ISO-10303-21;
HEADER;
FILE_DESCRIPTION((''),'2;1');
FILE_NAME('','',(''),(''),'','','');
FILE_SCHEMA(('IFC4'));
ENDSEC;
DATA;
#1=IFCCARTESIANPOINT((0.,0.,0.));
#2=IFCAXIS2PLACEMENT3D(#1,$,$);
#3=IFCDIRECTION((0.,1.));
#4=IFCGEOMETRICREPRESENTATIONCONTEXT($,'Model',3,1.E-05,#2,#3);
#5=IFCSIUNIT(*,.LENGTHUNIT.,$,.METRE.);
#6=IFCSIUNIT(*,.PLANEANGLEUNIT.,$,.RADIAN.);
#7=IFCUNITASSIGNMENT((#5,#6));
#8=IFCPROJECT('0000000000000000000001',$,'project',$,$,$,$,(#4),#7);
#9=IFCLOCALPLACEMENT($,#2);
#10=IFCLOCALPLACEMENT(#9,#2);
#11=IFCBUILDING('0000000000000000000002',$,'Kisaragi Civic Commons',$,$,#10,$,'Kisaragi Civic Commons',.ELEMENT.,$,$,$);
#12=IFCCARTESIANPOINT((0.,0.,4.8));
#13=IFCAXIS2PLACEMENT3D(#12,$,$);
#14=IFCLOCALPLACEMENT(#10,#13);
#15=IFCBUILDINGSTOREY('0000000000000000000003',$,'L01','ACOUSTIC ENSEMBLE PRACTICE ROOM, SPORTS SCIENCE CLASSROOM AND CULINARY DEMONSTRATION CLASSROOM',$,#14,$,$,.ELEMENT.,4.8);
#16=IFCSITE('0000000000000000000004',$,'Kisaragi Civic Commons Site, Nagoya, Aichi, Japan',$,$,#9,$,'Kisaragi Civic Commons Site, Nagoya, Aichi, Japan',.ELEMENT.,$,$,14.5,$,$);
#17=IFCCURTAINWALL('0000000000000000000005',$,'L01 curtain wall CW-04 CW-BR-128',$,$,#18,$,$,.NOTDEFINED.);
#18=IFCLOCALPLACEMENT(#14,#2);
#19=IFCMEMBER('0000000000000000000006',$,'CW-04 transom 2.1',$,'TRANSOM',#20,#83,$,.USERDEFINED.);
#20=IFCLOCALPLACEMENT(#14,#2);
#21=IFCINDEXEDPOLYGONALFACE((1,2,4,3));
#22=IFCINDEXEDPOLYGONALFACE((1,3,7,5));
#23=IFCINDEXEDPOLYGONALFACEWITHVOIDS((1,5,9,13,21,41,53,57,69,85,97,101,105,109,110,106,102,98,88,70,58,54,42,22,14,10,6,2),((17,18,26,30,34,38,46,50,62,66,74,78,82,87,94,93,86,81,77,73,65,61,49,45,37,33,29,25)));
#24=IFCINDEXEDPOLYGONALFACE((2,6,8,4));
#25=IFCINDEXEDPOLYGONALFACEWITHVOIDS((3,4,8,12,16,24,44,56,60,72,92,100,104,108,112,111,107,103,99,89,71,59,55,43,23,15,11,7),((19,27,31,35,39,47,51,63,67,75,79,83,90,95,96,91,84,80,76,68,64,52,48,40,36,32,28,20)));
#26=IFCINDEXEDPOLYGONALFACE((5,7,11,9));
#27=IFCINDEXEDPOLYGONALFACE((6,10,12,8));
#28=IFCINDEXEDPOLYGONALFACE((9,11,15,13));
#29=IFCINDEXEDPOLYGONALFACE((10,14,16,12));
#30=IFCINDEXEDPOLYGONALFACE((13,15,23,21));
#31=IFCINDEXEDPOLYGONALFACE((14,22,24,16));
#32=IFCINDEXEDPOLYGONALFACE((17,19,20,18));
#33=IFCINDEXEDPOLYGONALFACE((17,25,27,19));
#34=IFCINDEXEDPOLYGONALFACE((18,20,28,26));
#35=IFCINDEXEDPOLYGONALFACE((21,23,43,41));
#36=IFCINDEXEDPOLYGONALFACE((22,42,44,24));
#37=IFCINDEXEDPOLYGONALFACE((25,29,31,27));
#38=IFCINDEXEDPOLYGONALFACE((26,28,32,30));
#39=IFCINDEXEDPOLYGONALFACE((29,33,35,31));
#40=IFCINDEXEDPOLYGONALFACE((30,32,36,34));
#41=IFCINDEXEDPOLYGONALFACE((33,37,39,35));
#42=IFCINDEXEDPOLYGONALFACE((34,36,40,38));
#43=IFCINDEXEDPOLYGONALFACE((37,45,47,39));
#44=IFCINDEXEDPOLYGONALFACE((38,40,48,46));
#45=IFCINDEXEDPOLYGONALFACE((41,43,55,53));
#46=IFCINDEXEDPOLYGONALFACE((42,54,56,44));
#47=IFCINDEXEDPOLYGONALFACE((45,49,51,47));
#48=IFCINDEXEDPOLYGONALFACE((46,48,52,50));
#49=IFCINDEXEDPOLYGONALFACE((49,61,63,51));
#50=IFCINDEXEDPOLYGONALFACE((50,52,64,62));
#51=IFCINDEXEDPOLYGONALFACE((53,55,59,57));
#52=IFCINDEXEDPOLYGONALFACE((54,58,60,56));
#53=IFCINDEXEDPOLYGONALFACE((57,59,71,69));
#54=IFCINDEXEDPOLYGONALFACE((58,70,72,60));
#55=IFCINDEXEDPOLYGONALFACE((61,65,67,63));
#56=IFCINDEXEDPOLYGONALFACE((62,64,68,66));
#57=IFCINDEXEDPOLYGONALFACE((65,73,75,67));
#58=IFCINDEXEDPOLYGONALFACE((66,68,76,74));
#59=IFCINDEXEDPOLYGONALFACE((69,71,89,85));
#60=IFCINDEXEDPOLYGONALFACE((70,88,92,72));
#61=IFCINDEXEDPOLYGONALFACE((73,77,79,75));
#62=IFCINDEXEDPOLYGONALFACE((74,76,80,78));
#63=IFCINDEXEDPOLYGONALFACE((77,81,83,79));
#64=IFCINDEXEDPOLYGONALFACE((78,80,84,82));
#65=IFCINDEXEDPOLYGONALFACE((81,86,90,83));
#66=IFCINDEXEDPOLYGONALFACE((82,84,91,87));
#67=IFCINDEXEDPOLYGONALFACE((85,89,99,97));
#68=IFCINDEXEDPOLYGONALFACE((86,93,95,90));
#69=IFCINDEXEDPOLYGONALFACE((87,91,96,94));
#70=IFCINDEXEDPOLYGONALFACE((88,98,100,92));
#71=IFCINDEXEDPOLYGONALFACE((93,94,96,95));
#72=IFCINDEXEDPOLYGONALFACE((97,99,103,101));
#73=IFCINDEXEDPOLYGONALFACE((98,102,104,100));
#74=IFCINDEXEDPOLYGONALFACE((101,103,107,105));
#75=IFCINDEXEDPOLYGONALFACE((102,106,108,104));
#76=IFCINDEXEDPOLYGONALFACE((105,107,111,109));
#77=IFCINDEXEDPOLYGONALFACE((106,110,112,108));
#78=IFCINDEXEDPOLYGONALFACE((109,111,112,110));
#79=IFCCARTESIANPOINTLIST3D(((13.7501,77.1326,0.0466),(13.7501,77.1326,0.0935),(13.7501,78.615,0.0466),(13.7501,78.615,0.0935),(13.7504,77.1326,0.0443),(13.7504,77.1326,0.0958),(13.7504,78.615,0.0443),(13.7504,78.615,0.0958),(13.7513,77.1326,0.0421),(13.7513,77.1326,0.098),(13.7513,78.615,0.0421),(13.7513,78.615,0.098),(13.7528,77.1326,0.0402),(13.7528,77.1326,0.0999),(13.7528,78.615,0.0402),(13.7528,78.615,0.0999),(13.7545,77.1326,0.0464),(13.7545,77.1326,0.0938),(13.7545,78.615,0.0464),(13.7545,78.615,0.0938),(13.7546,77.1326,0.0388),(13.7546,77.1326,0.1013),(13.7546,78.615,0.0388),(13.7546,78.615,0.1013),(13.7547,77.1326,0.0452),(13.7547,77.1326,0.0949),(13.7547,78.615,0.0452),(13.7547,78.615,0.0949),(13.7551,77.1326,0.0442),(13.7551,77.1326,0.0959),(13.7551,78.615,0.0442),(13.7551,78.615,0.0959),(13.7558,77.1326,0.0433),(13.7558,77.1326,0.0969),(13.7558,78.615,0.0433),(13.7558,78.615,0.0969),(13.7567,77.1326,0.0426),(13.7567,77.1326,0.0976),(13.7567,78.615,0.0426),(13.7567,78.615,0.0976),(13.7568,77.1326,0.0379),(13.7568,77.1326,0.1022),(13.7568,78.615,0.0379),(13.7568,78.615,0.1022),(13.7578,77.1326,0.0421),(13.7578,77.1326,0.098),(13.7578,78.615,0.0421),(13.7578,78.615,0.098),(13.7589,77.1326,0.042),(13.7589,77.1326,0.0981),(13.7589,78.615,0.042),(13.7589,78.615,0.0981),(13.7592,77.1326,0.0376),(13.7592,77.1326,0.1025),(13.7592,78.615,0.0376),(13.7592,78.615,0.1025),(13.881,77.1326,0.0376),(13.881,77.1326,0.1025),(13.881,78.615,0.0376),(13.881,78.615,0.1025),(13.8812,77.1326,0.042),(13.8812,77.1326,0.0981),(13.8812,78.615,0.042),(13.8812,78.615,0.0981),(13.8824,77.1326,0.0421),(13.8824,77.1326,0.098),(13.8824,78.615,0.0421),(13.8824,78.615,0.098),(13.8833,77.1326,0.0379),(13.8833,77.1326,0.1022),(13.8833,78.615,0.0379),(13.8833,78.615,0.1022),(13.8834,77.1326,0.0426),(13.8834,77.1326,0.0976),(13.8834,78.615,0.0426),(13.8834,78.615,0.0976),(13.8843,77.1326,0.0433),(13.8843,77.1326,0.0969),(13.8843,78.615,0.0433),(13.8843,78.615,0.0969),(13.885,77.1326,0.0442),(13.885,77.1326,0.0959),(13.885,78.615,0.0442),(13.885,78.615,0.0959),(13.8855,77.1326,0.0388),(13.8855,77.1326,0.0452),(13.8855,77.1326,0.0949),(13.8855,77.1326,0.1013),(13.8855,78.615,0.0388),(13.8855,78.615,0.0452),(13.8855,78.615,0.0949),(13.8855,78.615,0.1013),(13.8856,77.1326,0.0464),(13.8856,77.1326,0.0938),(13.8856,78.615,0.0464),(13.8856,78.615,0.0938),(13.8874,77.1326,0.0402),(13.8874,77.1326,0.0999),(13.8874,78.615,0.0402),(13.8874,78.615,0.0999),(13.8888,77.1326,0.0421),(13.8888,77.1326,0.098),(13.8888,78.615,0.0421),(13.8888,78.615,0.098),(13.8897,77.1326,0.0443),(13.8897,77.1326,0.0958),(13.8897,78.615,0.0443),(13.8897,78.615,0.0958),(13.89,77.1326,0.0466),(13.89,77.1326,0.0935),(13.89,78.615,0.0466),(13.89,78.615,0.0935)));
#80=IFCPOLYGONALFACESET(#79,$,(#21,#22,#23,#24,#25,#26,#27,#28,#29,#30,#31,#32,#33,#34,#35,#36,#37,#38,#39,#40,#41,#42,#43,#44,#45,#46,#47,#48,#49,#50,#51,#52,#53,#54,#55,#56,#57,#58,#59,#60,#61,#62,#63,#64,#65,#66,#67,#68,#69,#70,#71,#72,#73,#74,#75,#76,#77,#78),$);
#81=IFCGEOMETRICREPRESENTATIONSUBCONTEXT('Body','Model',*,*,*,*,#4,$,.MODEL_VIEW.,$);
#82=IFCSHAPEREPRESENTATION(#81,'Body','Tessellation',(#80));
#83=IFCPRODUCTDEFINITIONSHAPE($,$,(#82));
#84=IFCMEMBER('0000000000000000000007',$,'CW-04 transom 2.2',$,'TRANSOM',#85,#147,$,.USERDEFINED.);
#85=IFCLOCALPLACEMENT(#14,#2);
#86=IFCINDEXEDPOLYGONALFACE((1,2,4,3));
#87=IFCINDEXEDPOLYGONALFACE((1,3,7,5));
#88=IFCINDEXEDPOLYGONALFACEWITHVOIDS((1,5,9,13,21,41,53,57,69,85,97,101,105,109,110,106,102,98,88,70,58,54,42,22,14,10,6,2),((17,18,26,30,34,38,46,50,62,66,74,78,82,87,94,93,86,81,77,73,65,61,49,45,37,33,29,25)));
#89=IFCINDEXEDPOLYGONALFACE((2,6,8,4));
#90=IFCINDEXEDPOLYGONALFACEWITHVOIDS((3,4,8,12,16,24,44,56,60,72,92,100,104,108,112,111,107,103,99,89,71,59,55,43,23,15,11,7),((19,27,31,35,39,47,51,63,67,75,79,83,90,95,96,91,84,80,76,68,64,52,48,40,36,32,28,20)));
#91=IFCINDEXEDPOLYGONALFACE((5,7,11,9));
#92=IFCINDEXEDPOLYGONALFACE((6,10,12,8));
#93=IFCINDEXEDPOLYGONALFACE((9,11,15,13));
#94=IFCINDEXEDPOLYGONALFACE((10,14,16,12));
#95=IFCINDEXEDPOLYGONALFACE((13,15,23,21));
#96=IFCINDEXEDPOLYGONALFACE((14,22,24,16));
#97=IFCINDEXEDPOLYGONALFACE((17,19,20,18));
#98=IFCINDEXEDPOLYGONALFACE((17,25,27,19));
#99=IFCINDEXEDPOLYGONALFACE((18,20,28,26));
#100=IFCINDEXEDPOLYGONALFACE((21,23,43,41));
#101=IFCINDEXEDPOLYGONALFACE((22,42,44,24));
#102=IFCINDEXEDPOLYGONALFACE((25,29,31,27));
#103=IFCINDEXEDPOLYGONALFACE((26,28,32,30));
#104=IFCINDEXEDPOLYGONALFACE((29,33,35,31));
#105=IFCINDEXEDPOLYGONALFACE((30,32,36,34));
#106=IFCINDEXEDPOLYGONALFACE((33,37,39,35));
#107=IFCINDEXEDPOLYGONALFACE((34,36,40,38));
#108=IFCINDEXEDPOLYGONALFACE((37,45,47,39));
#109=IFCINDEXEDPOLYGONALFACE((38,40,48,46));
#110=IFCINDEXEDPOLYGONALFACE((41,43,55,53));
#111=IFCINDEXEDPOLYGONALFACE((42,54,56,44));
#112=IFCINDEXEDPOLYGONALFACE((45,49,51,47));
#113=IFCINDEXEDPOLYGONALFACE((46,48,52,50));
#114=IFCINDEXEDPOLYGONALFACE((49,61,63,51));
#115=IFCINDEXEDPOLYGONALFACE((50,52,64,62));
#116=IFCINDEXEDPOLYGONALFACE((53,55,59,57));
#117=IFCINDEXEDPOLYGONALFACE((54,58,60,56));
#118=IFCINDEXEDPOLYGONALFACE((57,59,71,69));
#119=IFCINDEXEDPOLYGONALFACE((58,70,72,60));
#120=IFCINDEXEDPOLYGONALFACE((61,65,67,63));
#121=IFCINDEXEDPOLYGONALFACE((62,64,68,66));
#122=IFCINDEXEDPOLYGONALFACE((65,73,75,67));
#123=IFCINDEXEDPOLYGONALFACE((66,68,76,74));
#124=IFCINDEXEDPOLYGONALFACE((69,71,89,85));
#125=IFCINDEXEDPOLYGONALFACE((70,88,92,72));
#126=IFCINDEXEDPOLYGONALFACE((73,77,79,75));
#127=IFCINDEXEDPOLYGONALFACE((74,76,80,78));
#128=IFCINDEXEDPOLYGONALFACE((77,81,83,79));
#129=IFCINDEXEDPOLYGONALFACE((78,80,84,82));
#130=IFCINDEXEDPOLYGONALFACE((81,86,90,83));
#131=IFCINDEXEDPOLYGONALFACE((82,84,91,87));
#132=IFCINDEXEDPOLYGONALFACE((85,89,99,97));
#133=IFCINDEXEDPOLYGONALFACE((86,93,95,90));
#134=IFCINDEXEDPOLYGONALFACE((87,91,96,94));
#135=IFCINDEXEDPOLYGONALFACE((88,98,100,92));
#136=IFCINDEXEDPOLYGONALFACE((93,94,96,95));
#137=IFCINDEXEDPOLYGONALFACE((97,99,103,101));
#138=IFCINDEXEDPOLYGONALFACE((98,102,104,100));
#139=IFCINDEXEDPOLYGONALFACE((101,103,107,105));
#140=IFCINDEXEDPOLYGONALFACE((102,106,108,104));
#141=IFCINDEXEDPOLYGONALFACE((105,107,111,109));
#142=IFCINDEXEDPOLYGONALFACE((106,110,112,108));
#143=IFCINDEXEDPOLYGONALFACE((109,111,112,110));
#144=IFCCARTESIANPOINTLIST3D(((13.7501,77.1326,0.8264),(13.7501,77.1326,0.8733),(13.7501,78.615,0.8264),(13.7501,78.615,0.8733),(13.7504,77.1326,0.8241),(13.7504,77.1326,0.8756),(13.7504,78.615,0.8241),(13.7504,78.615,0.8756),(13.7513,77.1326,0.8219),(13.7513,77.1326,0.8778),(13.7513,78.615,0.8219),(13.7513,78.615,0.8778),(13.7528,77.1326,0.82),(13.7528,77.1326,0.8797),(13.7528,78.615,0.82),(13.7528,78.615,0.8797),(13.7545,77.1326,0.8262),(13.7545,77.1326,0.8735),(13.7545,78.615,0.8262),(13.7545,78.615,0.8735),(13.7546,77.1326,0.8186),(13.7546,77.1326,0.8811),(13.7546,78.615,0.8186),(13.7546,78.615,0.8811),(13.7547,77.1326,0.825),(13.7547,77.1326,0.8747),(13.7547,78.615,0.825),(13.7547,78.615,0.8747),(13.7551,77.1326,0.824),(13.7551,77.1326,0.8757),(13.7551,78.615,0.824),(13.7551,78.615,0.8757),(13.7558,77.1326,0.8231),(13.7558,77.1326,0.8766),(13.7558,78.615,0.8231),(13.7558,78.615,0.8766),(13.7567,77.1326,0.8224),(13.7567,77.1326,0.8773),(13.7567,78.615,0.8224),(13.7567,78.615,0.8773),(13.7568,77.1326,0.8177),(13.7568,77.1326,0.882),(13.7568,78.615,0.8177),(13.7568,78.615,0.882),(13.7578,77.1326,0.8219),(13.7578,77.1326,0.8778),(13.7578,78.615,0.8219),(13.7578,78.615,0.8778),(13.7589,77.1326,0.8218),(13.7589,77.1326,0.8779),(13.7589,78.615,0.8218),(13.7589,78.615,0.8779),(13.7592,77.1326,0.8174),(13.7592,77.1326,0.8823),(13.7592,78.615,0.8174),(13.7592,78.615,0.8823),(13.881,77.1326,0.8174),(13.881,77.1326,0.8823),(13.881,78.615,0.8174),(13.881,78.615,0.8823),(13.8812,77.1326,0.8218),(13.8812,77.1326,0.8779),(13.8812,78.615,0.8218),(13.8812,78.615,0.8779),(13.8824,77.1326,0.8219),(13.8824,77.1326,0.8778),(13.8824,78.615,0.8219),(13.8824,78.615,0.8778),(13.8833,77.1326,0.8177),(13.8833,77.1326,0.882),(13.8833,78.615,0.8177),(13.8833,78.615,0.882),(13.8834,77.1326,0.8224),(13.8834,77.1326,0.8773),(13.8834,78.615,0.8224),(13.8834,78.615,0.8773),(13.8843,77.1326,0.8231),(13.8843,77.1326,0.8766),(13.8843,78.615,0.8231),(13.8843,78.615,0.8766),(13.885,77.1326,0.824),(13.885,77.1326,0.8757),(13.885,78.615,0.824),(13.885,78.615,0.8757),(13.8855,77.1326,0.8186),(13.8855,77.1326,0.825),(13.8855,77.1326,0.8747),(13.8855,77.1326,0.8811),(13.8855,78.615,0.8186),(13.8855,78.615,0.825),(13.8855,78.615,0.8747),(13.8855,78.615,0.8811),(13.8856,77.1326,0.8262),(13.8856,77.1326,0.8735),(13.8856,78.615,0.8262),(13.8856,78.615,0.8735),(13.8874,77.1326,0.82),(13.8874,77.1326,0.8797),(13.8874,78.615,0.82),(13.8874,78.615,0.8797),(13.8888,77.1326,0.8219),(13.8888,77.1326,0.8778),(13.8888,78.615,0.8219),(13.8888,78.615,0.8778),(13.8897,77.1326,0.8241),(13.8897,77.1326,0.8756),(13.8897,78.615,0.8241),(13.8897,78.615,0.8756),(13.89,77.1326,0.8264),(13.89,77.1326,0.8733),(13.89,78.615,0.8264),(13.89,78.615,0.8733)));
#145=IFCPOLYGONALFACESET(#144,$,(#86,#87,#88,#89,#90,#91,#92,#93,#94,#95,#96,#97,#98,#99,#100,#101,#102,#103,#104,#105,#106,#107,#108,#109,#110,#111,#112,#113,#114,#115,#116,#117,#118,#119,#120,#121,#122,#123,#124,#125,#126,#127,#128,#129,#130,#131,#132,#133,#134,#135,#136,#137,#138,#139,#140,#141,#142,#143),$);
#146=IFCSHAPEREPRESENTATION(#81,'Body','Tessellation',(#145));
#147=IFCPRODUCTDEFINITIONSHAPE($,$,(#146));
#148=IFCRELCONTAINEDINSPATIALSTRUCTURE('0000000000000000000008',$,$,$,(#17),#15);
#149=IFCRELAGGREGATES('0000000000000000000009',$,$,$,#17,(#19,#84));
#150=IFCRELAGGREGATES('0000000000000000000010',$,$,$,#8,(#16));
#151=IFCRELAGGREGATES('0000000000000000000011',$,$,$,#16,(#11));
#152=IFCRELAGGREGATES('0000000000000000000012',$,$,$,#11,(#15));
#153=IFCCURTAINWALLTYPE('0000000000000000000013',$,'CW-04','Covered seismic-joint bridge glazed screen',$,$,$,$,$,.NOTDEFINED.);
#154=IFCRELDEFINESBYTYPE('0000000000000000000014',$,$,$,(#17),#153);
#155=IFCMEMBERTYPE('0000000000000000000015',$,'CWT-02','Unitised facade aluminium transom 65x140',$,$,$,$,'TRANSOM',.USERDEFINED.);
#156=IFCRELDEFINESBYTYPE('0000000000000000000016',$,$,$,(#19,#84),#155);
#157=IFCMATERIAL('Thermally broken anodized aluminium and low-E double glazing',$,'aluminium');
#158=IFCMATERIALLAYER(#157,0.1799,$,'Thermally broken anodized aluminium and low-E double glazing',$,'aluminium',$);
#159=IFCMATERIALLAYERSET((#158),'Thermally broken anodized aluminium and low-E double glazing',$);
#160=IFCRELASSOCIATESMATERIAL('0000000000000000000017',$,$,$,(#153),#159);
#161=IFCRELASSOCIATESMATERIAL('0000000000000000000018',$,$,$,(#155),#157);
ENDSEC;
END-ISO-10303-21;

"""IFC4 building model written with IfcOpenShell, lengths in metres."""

from ifc_helpers import new_model, si_unit, direction, frame, origin, origin_2d, place, context, subcontext, project, spatial, hollow_rectangle, extrude, material, layer, layer_set, material_profile, profile_set, type_object, element, aggregate, save


model = new_model("IFC4")

# Units and contexts
model_context = context("Model", 3, precision=1e-05, world=origin(), true_north=direction((0.0, 1.0)))
body_context = subcontext(model_context, "Body", "Model", "MODEL_VIEW")
ifc_project = project(units=[si_unit("LENGTHUNIT", "METRE"), si_unit("PLANEANGLEUNIT", "RADIAN")], contexts=[model_context])

# Site, building, storey
site_placement = place(None, origin())
site = spatial("IfcSite", under=ifc_project, at=site_placement, Name="Kisaragi Civic Commons Site, Nagoya, Aichi, Japan", LongName="Kisaragi Civic Commons Site, Nagoya, Aichi, Japan", CompositionType="ELEMENT", RefElevation=14.5)
building_placement = place(site_placement, origin())
building = spatial("IfcBuilding", under=site, at=building_placement, Name="Kisaragi Civic Commons", LongName="Kisaragi Civic Commons", CompositionType="ELEMENT")
storey_placement = place(building_placement, frame((0.0, 0.0, 4.8)))
storey = spatial("IfcBuildingStorey", under=building, at=storey_placement, Name="L01", Description="ACOUSTIC ENSEMBLE PRACTICE ROOM, SPORTS SCIENCE CLASSROOM AND CULINARY DEMONSTRATION CLASSROOM", CompositionType="ELEMENT", Elevation=4.8)

# Curtain wall
ifc_material_1 = material(Name="Thermally broken anodized aluminium and low-E double glazing", Category="aluminium")
ifc_layer_1 = layer(ifc_material_1, 0.1799, Name="Thermally broken anodized aluminium and low-E double glazing", Category="aluminium")
ifc_layer_set_1 = layer_set([ifc_layer_1], Name="Thermally broken anodized aluminium and low-E double glazing")
curtain_wall_type = type_object("IfcCurtainWallType", Name="CW-04", Description="Covered seismic-joint bridge glazed screen", PredefinedType="NOTDEFINED", material=ifc_layer_set_1)
curtain_wall_1_placement = place(storey_placement, origin())
curtain_wall_1 = element("IfcCurtainWall", 1, at=curtain_wall_1_placement, inside=storey, type_object=curtain_wall_type, Name="L01 curtain wall CW-04 CW-BR-128", PredefinedType="NOTDEFINED")

# Members
ifc_material_profile_1 = material_profile(ifc_material_1, hollow_rectangle(XDim=0.1399, YDim=0.0649, WallThickness=0.0044, InnerFilletRadius=0.0044, OuterFilletRadius=0.009, at=origin_2d()), Name="CWT-65x140x4.5", Category="aluminium")
ifc_profile_set_1 = profile_set([ifc_material_profile_1], Name="Thermally broken anodized aluminium and low-E double glazing")
member_type_1 = type_object("IfcMemberType", Name="CWT-02", Description="Unitised facade aluminium transom 65x140", ElementType="TRANSOM", PredefinedType="USERDEFINED", material=ifc_profile_set_1)
member_1_placement = place(storey_placement, frame((13.8201, 77.1326, 0.0701), z_axis=(0.0, 1.0, 0.0), x_axis=(-1.0, 0.0, 0.0)))
member_1 = element("IfcMember", 2, at=member_1_placement, type_object=member_type_1, Name="CW-04 transom 2.1", ObjectType="TRANSOM", PredefinedType="USERDEFINED", context=body_context, shape_type="SweptSolid", body=[
    extrude(hollow_rectangle(XDim=0.1399, YDim=0.0649, WallThickness=0.0044, InnerFilletRadius=0.0044, OuterFilletRadius=0.009, at=origin_2d()), origin(), (0.0, 0.0, 1.0), 1.4824),
])
member_2_placement = place(storey_placement, frame((13.8201, 77.1326, 0.8499), z_axis=(0.0, 1.0, 0.0), x_axis=(-1.0, 0.0, 0.0)))
member_2 = element("IfcMember", 3, at=member_2_placement, type_object=member_type_1, Name="CW-04 transom 2.2", ObjectType="TRANSOM", PredefinedType="USERDEFINED", context=body_context, shape_type="SweptSolid", body=[
    extrude(hollow_rectangle(XDim=0.1399, YDim=0.0649, WallThickness=0.0044, InnerFilletRadius=0.0044, OuterFilletRadius=0.009, at=origin_2d()), origin(), (0.0, 0.0, 1.0), 1.4824),
])

aggregate(curtain_wall_1, [member_1, member_2])

save(model, "model.ifc")
